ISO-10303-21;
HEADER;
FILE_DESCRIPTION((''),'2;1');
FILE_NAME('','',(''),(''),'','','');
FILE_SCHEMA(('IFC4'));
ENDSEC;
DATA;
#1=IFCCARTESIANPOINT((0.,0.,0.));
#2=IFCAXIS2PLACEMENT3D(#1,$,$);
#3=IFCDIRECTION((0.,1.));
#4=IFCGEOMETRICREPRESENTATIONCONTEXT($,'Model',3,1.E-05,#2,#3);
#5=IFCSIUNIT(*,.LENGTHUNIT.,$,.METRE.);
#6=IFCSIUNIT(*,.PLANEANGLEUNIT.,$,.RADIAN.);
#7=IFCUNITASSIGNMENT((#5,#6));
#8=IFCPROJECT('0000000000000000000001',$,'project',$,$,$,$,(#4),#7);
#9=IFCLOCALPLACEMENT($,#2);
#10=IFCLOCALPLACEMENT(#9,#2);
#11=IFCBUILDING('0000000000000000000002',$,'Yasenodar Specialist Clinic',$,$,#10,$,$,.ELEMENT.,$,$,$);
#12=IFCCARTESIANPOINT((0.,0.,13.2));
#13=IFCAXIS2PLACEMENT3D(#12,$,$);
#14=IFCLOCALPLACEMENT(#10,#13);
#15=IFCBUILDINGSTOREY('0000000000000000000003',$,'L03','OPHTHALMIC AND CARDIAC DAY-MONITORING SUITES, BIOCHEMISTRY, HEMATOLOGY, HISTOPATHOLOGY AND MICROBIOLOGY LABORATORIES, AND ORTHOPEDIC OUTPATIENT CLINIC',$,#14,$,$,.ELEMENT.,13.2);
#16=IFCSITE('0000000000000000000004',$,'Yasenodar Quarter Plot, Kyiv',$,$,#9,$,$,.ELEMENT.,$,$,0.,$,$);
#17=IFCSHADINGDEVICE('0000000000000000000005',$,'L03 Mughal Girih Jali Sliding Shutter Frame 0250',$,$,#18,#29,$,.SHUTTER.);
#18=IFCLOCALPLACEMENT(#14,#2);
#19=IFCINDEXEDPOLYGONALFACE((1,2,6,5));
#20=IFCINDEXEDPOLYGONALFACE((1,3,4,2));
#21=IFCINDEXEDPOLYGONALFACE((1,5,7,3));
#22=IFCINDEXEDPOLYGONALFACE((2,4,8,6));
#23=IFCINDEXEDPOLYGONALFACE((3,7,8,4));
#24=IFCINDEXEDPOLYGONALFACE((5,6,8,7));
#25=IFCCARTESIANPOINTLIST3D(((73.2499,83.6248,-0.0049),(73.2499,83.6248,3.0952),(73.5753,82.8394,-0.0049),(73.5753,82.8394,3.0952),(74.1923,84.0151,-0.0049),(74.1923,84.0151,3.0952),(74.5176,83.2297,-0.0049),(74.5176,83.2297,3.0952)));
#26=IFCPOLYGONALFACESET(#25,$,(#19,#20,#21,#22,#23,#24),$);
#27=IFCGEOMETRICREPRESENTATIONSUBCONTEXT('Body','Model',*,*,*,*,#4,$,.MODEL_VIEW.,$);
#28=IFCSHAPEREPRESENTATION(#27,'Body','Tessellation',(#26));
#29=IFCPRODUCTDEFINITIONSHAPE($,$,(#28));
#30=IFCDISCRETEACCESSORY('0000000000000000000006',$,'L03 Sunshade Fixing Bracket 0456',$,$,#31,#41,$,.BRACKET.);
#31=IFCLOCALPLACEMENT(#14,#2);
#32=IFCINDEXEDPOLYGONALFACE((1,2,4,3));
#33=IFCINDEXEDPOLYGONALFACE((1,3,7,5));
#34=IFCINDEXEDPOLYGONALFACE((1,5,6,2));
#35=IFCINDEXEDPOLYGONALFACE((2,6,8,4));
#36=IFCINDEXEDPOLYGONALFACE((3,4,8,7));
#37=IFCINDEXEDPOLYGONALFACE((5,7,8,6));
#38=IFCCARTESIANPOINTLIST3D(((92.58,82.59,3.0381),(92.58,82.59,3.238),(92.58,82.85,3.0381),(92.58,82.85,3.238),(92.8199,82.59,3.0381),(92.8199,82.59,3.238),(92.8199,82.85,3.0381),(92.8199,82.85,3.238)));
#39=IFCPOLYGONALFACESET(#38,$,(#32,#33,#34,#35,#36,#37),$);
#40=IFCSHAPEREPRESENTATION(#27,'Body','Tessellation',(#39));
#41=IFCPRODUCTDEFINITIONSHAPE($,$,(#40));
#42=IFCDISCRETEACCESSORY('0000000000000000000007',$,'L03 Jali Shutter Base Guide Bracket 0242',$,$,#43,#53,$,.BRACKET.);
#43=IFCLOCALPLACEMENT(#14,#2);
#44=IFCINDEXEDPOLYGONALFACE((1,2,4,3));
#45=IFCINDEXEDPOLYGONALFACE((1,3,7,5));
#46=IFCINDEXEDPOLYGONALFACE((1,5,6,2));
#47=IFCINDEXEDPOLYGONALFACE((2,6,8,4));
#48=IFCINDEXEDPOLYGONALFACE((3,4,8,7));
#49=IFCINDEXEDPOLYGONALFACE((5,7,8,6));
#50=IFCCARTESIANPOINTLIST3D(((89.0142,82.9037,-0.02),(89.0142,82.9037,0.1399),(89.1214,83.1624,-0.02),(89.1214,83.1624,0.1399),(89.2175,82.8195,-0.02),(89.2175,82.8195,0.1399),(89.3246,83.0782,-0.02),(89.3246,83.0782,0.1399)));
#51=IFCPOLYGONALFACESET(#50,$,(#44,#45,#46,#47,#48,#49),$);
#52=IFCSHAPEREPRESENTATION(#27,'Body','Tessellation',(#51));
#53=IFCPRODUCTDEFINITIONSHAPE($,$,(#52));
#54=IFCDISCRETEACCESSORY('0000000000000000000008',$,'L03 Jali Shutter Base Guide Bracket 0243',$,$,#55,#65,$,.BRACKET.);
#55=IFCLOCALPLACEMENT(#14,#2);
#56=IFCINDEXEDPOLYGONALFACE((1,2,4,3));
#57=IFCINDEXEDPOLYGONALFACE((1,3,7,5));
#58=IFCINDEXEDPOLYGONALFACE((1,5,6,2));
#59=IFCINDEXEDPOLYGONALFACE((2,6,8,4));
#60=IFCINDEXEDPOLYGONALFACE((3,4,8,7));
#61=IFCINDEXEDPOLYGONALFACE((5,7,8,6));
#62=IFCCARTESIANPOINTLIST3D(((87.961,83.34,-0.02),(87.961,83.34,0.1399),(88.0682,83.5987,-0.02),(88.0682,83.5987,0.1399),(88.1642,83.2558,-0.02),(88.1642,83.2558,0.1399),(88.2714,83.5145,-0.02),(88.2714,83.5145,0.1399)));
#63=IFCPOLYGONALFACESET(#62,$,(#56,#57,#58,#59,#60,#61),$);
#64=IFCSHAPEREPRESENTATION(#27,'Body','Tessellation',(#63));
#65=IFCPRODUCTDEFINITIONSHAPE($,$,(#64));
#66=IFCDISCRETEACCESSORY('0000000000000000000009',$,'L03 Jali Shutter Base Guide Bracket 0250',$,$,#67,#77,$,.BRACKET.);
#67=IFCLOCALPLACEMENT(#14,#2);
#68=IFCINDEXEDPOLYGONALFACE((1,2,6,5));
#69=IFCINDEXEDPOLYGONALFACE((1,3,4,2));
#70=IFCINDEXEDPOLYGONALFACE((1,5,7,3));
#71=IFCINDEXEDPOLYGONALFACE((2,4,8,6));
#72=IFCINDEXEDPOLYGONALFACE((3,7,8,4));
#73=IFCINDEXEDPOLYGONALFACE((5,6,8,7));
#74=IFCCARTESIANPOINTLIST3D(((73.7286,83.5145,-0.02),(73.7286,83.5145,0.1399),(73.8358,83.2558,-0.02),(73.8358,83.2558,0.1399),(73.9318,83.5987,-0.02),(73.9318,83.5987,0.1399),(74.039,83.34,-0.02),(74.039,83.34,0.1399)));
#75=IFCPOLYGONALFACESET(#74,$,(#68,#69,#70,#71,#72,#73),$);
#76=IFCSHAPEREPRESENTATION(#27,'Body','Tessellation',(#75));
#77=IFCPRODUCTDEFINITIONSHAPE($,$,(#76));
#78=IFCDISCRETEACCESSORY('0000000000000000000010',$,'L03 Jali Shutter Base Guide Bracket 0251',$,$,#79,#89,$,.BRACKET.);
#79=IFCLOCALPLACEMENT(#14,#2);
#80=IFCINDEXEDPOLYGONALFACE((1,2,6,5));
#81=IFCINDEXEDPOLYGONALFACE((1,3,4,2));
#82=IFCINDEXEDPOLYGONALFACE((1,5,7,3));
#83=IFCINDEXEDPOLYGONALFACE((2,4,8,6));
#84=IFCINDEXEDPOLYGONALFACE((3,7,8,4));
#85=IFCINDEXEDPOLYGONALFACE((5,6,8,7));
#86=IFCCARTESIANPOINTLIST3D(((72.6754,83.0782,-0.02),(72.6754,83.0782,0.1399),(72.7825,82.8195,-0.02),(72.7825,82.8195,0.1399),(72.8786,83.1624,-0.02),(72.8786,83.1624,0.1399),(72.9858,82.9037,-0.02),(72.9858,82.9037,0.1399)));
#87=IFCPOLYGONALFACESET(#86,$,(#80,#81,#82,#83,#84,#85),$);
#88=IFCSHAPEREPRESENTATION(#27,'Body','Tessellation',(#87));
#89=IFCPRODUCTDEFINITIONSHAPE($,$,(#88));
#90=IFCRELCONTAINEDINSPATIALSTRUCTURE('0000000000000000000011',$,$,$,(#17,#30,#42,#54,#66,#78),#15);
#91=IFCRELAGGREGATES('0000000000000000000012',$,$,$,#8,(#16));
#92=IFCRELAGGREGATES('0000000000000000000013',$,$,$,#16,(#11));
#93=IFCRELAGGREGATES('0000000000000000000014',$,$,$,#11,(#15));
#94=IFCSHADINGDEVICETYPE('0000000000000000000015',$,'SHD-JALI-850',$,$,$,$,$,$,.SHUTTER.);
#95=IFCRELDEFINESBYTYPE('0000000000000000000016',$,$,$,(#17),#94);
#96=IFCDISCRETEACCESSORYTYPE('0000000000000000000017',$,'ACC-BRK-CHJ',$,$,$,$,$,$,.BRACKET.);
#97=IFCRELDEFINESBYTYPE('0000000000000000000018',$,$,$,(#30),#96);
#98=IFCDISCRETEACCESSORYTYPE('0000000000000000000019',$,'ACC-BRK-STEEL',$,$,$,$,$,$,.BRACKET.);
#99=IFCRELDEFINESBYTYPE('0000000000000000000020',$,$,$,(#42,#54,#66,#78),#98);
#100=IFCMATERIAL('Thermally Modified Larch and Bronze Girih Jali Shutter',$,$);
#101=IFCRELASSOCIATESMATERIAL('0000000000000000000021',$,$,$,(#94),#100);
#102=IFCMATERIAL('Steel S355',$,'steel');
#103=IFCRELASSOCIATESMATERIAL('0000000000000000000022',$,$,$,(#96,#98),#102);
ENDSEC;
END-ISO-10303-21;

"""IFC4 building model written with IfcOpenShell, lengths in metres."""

from ifc_helpers import new_model, si_unit, direction, frame, origin, origin_2d, place, context, subcontext, project, spatial, rectangle, extrude, material, type_object, element, save


model = new_model("IFC4")

# Units and contexts
model_context = context("Model", 3, precision=1e-05, world=origin(), true_north=direction((0.0, 1.0)))
body_context = subcontext(model_context, "Body", "Model", "MODEL_VIEW")
ifc_project = project(units=[si_unit("LENGTHUNIT", "METRE"), si_unit("PLANEANGLEUNIT", "RADIAN")], contexts=[model_context])

# Site, building, storey
site_placement = place(None, origin())
site = spatial("IfcSite", under=ifc_project, at=site_placement, Name="Yasenodar Quarter Plot, Kyiv", CompositionType="ELEMENT", RefElevation=0.0)
building_placement = place(site_placement, origin())
building = spatial("IfcBuilding", under=site, at=building_placement, Name="Yasenodar Specialist Clinic", CompositionType="ELEMENT")
storey_placement = place(building_placement, frame((0.0, 0.0, 13.2)))
storey = spatial("IfcBuildingStorey", under=building, at=storey_placement, Name="L03", Description="OPHTHALMIC AND CARDIAC DAY-MONITORING SUITES, BIOCHEMISTRY, HEMATOLOGY, HISTOPATHOLOGY AND MICROBIOLOGY LABORATORIES, AND ORTHOPEDIC OUTPATIENT CLINIC", CompositionType="ELEMENT", Elevation=13.2)

# Shared definitions
ifc_material_1 = material(Name="Steel S355", Category="steel")

# Shading device
ifc_material_2 = material(Name="Thermally Modified Larch and Bronze Girih Jali Shutter")
shading_device_type = type_object("IfcShadingDeviceType", Name="SHD-JALI-850", PredefinedType="SHUTTER", material=ifc_material_2)
shading_device_placement = place(storey_placement, frame((73.8838, 83.4272, -0.0049), z_axis=(0.0, 0.0, 1.0), x_axis=(-0.923878, -0.382687, 0.0)))
element("IfcShadingDevice", 1, at=shading_device_placement, inside=storey, type_object=shading_device_type, Name="L03 Mughal Girih Jali Sliding Shutter Frame 0250", PredefinedType="SHUTTER", context=body_context, shape_type="SweptSolid", body=[
    extrude(rectangle(XDim=1.02, YDim=0.8501, at=origin_2d()), origin(), (0.0, 0.0, 1.0), 3.1001),
])

# Discrete accessories
discrete_accessory_type_1 = type_object("IfcDiscreteAccessoryType", Name="ACC-BRK-CHJ", PredefinedType="BRACKET", material=ifc_material_1)
discrete_accessory_placement = place(storey_placement, frame((92.7, 82.72, 3.0381), z_axis=(0.0, 0.0, 1.0), x_axis=(-1.0, 0.0, 0.0)))
element("IfcDiscreteAccessory", 2, at=discrete_accessory_placement, inside=storey, type_object=discrete_accessory_type_1, Name="L03 Sunshade Fixing Bracket 0456", PredefinedType="BRACKET", context=body_context, shape_type="SweptSolid", body=[
    extrude(rectangle(XDim=0.24, YDim=0.26, at=origin_2d()), origin(), (0.0, 0.0, 1.0), 0.2),
])
discrete_accessory_type_2 = type_object("IfcDiscreteAccessoryType", Name="ACC-BRK-STEEL", PredefinedType="BRACKET", material=ifc_material_1)
for number, where, z_axis, x_axis, name in (
    (3, (89.1694, 82.991, -0.02), (0.0, 0.0, 1.0), (-0.923878, 0.382687, 0.0), "L03 Jali Shutter Base Guide Bracket 0242"),
    (4, (88.1162, 83.4272, -0.02), (0.0, 0.0, 1.0), (-0.923878, 0.382687, 0.0), "L03 Jali Shutter Base Guide Bracket 0243"),
    (5, (73.8838, 83.4272, -0.02), (0.0, 0.0, 1.0), (-0.923878, -0.382687, 0.0), "L03 Jali Shutter Base Guide Bracket 0250"),
    (6, (72.8306, 82.991, -0.02), (0.0, 0.0, 1.0), (-0.923878, -0.382687, 0.0), "L03 Jali Shutter Base Guide Bracket 0251"),
):
    element("IfcDiscreteAccessory", number, at=place(storey_placement, frame(where, z_axis=z_axis, x_axis=x_axis)), inside=storey, type_object=discrete_accessory_type_2, Name=name, PredefinedType="BRACKET", context=body_context, shape_type="SweptSolid", body=[
        extrude(rectangle(XDim=0.22, YDim=0.28, at=origin_2d()), origin(), (0.0, 0.0, 1.0), 0.1599),
    ])

save(model, "model.ifc")
